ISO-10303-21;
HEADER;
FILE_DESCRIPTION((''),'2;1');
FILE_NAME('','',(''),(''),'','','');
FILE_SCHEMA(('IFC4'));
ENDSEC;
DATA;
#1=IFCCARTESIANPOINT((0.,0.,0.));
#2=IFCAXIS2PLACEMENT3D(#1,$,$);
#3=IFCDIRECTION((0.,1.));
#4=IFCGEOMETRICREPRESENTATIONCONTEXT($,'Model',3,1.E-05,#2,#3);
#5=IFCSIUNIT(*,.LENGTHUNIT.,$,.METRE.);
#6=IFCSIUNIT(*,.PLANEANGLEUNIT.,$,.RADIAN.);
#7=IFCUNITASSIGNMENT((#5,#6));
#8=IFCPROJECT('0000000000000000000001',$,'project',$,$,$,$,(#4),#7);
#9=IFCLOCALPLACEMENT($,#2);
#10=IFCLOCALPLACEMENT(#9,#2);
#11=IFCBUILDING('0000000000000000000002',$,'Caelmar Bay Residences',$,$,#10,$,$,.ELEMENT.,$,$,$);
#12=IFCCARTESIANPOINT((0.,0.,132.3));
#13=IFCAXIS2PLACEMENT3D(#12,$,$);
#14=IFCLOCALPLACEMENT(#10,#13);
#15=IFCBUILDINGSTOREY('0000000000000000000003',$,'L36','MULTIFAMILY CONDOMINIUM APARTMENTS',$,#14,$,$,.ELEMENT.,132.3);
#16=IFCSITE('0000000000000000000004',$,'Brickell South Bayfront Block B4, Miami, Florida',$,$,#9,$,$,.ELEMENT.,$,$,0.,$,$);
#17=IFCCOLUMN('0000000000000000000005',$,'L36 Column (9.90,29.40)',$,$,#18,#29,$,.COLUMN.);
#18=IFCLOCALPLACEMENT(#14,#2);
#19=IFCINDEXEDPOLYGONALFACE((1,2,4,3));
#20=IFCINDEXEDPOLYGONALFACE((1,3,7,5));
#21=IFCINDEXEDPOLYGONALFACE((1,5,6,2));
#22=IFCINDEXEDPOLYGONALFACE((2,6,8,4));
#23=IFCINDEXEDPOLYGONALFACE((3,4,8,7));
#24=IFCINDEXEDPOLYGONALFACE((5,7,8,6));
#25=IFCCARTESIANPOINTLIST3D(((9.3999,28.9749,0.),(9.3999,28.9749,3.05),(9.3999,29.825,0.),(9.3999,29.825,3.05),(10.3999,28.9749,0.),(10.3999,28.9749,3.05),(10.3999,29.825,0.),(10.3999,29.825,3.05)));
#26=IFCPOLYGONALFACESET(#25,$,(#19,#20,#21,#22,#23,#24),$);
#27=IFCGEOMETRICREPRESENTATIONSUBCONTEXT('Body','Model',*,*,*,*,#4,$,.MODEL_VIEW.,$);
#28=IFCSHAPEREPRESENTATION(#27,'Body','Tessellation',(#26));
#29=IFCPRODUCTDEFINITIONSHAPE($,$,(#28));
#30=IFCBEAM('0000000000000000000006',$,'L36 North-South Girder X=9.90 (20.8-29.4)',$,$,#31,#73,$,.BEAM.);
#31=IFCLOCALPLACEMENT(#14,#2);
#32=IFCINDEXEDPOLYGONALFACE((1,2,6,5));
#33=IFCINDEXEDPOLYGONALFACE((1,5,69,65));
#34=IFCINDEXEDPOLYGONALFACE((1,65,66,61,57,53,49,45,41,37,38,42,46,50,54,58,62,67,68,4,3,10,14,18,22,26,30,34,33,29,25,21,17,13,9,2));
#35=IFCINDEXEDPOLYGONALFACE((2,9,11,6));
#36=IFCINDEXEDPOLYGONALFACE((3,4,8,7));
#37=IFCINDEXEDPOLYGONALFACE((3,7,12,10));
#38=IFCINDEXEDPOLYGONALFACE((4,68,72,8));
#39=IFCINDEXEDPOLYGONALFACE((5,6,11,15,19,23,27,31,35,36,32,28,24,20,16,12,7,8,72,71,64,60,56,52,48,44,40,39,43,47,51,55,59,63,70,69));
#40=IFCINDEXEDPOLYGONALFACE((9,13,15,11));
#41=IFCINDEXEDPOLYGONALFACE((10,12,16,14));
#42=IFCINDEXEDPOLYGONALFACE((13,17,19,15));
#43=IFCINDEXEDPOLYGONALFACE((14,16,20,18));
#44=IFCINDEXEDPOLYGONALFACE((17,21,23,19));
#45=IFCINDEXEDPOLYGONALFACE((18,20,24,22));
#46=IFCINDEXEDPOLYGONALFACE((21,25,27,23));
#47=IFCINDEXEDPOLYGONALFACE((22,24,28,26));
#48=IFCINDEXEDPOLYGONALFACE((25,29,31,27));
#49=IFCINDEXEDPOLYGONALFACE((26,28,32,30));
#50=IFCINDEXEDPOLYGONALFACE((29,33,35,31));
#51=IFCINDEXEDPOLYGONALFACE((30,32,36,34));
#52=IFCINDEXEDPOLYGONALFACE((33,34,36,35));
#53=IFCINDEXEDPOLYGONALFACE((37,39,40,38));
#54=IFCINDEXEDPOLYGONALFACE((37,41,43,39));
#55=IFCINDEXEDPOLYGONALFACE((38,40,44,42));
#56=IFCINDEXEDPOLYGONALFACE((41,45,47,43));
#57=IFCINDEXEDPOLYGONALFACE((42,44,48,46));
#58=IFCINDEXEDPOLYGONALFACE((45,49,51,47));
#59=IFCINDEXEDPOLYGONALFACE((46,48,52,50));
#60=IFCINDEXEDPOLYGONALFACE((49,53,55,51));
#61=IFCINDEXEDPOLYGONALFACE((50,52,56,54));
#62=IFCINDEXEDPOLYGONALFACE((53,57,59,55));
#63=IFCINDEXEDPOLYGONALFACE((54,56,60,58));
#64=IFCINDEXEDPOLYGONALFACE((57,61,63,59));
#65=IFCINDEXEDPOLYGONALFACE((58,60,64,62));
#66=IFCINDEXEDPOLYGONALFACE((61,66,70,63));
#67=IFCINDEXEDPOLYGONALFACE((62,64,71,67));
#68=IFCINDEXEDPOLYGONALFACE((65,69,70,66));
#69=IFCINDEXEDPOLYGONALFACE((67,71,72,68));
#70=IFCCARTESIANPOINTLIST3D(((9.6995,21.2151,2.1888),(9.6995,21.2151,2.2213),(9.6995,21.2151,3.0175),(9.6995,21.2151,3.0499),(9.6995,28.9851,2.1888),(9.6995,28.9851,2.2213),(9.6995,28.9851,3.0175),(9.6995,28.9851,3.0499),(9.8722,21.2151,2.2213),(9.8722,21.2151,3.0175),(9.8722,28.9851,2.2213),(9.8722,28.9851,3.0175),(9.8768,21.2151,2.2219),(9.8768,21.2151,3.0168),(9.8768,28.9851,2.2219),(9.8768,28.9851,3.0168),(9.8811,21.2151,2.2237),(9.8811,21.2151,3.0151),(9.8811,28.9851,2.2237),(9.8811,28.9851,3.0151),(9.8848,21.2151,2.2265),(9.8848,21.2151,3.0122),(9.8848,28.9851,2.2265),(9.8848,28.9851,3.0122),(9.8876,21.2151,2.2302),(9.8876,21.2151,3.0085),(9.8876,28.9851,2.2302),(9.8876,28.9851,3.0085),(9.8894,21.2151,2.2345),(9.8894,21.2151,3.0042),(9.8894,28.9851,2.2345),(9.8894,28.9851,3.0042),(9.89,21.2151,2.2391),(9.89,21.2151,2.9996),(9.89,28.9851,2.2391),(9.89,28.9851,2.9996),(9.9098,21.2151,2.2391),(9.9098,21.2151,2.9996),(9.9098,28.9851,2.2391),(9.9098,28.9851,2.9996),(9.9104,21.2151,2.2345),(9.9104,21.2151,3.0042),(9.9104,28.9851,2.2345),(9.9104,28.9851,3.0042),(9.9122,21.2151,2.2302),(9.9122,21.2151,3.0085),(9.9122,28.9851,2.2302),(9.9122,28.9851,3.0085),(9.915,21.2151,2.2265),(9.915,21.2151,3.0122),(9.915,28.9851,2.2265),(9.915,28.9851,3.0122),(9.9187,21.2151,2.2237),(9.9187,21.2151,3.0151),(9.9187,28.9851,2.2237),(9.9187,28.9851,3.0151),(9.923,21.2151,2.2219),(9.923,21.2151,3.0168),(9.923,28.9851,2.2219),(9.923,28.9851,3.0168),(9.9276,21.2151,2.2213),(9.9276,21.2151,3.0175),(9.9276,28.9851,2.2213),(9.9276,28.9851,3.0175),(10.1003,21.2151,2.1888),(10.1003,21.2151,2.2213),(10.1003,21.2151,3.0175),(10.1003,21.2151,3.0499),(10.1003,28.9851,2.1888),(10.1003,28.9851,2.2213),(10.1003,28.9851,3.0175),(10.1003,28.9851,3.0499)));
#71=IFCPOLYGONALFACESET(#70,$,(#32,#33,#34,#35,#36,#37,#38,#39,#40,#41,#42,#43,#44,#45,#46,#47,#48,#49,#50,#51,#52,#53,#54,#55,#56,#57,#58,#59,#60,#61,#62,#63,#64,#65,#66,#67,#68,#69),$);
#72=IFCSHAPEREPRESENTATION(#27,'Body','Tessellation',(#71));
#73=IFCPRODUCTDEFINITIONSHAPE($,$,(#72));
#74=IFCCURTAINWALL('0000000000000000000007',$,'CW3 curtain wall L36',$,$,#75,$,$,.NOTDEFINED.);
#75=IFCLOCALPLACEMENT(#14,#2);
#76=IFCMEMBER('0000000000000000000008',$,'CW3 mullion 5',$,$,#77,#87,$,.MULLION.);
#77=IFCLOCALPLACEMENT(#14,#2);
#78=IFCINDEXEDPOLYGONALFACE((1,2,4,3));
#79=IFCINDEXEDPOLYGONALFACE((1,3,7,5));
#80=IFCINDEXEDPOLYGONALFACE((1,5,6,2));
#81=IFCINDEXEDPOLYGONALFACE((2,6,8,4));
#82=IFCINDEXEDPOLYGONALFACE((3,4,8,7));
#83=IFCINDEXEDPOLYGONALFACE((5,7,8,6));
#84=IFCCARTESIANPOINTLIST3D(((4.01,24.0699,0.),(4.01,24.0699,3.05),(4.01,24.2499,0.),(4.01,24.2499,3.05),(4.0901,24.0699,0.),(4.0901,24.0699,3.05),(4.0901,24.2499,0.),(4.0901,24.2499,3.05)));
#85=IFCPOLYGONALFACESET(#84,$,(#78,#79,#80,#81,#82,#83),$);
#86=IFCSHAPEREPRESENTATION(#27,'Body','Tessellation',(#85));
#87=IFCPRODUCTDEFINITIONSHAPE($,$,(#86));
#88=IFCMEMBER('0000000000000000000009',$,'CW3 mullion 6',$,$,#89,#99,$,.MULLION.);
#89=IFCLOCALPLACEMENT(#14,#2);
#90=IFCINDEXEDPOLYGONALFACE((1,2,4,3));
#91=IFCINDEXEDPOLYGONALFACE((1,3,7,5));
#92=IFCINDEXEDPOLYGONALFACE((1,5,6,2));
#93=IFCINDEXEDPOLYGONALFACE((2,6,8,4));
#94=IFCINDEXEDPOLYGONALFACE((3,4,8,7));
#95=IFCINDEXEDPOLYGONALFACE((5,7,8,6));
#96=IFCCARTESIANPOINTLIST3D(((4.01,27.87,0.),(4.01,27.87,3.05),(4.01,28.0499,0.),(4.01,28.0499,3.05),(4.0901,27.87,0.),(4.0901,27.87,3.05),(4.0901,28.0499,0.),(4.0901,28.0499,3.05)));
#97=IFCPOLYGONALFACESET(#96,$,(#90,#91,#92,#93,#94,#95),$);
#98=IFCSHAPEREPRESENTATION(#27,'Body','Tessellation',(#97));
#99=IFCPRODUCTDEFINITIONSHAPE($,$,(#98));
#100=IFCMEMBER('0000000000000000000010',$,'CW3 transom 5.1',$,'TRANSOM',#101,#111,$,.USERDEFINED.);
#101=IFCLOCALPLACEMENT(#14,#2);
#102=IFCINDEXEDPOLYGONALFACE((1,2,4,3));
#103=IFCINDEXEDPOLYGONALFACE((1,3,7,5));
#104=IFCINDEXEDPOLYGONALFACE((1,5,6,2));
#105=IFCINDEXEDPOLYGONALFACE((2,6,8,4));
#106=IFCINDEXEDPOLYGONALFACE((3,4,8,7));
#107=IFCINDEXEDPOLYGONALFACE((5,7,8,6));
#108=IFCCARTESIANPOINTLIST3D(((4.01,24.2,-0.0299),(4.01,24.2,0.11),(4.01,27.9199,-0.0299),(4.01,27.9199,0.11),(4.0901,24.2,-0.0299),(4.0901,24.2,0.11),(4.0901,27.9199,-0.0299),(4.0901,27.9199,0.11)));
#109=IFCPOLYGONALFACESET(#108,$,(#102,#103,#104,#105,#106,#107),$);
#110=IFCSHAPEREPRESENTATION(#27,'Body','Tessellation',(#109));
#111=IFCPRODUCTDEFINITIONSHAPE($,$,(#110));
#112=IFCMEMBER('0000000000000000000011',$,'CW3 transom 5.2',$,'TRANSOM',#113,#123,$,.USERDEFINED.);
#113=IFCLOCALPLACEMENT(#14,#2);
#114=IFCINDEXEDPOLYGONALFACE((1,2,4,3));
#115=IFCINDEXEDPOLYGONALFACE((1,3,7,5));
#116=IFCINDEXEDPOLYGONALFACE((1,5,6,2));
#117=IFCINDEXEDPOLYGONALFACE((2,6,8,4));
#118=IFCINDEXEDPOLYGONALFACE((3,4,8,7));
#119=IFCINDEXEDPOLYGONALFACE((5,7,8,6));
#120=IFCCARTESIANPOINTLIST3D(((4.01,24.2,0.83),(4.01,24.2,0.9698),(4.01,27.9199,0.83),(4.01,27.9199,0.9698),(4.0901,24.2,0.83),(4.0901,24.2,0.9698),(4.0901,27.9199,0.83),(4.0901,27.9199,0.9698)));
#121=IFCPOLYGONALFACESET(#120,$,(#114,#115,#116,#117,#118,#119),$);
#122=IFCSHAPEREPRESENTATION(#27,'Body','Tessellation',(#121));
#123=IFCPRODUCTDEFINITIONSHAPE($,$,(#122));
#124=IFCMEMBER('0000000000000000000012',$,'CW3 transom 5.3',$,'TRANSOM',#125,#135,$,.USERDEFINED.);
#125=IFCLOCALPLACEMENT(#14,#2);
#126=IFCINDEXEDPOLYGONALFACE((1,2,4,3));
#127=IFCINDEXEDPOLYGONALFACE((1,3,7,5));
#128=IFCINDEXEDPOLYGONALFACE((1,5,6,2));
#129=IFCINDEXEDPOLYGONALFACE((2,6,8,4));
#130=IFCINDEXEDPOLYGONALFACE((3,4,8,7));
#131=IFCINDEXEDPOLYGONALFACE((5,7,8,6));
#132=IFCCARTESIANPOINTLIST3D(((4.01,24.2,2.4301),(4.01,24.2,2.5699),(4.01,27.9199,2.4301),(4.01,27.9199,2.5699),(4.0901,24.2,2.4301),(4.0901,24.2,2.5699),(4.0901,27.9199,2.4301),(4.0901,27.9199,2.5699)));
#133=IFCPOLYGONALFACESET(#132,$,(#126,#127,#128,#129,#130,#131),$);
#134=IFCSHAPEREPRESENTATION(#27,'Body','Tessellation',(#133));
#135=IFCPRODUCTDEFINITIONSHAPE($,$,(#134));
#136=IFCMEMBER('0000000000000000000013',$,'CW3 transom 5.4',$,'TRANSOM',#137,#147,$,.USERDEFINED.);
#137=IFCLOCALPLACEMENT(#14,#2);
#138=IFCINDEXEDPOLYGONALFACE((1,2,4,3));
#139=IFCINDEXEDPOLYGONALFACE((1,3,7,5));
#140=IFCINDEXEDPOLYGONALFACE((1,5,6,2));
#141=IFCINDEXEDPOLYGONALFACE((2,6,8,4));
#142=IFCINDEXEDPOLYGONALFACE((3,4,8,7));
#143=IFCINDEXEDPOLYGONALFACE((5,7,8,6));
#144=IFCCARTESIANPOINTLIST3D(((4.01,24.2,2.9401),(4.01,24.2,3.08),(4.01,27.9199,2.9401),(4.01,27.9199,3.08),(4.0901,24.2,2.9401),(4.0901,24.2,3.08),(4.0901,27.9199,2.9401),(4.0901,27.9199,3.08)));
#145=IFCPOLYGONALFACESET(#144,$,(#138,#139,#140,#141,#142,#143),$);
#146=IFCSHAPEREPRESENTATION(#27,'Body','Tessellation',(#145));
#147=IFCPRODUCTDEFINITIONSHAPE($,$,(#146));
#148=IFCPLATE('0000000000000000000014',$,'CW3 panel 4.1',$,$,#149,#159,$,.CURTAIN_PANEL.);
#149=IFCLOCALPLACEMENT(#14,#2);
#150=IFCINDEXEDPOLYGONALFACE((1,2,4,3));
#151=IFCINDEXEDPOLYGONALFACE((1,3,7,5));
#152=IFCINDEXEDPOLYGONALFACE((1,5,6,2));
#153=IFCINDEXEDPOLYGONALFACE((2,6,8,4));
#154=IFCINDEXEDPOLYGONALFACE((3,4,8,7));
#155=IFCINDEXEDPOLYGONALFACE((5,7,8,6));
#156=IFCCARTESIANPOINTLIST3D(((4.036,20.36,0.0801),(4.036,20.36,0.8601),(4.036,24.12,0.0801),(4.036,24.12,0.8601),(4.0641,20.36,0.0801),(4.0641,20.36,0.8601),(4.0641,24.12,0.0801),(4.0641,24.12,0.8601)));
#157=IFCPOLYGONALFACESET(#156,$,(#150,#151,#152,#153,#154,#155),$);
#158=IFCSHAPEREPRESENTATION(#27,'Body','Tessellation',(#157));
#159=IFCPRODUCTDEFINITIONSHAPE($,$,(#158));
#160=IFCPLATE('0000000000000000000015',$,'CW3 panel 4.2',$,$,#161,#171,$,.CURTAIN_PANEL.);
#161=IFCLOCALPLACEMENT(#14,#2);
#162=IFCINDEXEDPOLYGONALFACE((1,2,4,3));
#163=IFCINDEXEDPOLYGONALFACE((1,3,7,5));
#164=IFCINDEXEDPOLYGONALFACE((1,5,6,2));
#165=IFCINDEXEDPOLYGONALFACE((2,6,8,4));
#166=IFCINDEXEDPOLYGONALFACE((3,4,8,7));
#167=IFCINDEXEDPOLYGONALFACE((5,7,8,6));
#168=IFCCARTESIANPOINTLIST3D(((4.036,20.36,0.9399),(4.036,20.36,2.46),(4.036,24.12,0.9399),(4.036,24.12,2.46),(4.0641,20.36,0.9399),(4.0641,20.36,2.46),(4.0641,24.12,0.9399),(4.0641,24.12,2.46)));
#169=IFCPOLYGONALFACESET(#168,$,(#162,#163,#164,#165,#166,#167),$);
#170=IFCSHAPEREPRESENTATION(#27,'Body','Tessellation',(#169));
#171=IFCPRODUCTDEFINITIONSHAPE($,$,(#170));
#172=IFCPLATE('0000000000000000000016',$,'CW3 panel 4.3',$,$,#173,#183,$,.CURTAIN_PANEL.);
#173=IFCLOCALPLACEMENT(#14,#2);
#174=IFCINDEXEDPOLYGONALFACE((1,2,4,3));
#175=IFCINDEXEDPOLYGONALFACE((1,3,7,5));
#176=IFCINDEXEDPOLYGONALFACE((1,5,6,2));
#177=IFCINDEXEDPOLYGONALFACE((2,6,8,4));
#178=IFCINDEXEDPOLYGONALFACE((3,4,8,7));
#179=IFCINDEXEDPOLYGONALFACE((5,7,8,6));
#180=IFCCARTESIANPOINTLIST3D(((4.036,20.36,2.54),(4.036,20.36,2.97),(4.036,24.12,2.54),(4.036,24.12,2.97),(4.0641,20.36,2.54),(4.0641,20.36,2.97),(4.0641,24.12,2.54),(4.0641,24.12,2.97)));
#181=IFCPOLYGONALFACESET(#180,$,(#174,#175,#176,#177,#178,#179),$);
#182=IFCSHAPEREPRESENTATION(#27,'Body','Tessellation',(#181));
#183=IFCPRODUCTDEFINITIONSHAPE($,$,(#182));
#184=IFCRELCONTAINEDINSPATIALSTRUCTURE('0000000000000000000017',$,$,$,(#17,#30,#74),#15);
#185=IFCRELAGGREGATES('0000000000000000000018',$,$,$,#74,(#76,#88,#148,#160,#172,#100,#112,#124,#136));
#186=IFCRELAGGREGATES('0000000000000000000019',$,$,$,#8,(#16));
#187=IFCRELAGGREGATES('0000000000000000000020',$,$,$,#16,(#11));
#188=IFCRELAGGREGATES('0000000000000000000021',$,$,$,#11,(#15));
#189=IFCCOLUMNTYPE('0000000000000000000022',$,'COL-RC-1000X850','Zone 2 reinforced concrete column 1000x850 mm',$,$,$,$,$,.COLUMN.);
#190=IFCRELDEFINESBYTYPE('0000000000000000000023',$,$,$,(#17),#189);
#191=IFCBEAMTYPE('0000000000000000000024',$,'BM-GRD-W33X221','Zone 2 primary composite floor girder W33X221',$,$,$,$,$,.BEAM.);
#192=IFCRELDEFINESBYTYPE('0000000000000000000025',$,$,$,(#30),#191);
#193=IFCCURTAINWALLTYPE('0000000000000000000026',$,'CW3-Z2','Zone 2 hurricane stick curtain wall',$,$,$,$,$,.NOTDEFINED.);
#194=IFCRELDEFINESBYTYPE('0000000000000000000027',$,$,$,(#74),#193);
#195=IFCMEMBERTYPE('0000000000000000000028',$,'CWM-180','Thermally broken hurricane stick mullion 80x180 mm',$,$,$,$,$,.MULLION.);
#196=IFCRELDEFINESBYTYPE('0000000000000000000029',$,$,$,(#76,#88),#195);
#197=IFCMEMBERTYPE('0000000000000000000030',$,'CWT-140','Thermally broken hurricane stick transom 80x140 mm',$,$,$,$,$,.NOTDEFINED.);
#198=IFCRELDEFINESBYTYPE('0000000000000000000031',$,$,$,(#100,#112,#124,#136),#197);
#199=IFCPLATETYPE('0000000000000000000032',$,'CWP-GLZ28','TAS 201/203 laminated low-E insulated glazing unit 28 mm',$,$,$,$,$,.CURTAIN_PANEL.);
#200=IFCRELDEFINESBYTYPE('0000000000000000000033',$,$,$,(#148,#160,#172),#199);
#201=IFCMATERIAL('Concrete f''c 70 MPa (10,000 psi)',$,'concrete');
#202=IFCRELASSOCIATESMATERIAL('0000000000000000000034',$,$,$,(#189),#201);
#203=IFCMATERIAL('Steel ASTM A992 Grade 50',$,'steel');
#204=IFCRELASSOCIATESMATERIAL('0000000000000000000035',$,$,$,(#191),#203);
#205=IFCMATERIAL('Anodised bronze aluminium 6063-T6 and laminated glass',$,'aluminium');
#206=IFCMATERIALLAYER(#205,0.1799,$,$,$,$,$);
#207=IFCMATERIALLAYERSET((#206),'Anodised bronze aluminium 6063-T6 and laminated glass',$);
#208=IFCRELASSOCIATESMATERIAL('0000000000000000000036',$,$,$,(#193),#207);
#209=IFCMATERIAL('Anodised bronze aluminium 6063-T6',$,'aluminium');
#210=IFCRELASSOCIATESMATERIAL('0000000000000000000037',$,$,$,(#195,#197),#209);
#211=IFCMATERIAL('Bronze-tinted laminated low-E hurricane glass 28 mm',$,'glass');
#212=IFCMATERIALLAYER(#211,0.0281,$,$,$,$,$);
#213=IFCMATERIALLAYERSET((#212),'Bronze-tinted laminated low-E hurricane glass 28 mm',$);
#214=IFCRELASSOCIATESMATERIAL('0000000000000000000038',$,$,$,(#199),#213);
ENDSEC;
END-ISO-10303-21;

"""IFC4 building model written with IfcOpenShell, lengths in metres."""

from ifc_helpers import new_model, si_unit, direction, frame, origin, origin_2d, place, context, subcontext, project, spatial, rectangle, i_section, extrude, material, layer, layer_set, material_profile, profile_set, type_object, element, aggregate, save


model = new_model("IFC4")

# Units and contexts
model_context = context("Model", 3, precision=1e-05, world=origin(), true_north=direction((0.0, 1.0)))
body_context = subcontext(model_context, "Body", "Model", "MODEL_VIEW")
ifc_project = project(units=[si_unit("LENGTHUNIT", "METRE"), si_unit("PLANEANGLEUNIT", "RADIAN")], contexts=[model_context])

# Site, building, storey
site_placement = place(None, origin())
site = spatial("IfcSite", under=ifc_project, at=site_placement, Name="Brickell South Bayfront Block B4, Miami, Florida", CompositionType="ELEMENT", RefElevation=0.0)
building_placement = place(site_placement, origin())
building = spatial("IfcBuilding", under=site, at=building_placement, Name="Caelmar Bay Residences", CompositionType="ELEMENT")
storey_placement = place(building_placement, frame((0.0, 0.0, 132.3)))
storey = spatial("IfcBuildingStorey", under=building, at=storey_placement, Name="L36", Description="MULTIFAMILY CONDOMINIUM APARTMENTS", CompositionType="ELEMENT", Elevation=132.3)

# Column
ifc_material_1 = material(Name="Concrete f'c 70 MPa (10,000 psi)", Category="concrete")
ifc_material_profile_1 = material_profile(ifc_material_1, rectangle(XDim=1.0, YDim=0.8501, at=origin_2d()), Name="RC-COL-1000X850")
ifc_profile_set_1 = profile_set([ifc_material_profile_1], Name="Concrete f'c 70 MPa (10,000 psi)")
column_type = type_object("IfcColumnType", Name="COL-RC-1000X850", Description="Zone 2 reinforced concrete column 1000x850 mm", PredefinedType="COLUMN", material=ifc_profile_set_1)
column_placement = place(storey_placement, frame((9.8999, 29.3999, 0.0), z_axis=(0.0, 0.0, 1.0), x_axis=(1.0, 0.0, 0.0)))
element("IfcColumn", 1, at=column_placement, inside=storey, type_object=column_type, Name="L36 Column (9.90,29.40)", PredefinedType="COLUMN", context=body_context, shape_type="SweptSolid", body=[
    extrude(rectangle(XDim=1.0, YDim=0.8501, at=origin_2d()), origin(), (0.0, 0.0, 1.0), 3.05),
])

# Beam
ifc_material_2 = material(Name="Steel ASTM A992 Grade 50", Category="steel")
ifc_material_profile_2 = material_profile(ifc_material_2, i_section(OverallWidth=0.4009, OverallDepth=0.8611, WebThickness=0.0198, FlangeThickness=0.0325, FilletRadius=0.0178, at=origin_2d()), Name="W33X221")
ifc_profile_set_2 = profile_set([ifc_material_profile_2], Name="Steel ASTM A992 Grade 50")
beam_type = type_object("IfcBeamType", Name="BM-GRD-W33X221", Description="Zone 2 primary composite floor girder W33X221", PredefinedType="BEAM", material=ifc_profile_set_2)
beam_placement = place(storey_placement, frame((9.8999, 21.2151, 2.6194), z_axis=(0.0, 1.0, 0.0), x_axis=(-1.0, 0.0, 0.0)))
element("IfcBeam", 2, at=beam_placement, inside=storey, type_object=beam_type, Name="L36 North-South Girder X=9.90 (20.8-29.4)", PredefinedType="BEAM", context=body_context, shape_type="SweptSolid", body=[
    extrude(i_section(OverallWidth=0.4009, OverallDepth=0.8611, WebThickness=0.0198, FlangeThickness=0.0325, FilletRadius=0.0178, at=origin_2d()), origin(), (0.0, 0.0, 1.0), 7.77),
])

# Curtain wall, members, plates
ifc_material_3 = material(Name="Anodised bronze aluminium 6063-T6 and laminated glass", Category="aluminium")
ifc_layer_1 = layer(ifc_material_3, 0.1799)
ifc_layer_set_1 = layer_set([ifc_layer_1], Name="Anodised bronze aluminium 6063-T6 and laminated glass")
curtain_wall_type = type_object("IfcCurtainWallType", Name="CW3-Z2", Description="Zone 2 hurricane stick curtain wall", PredefinedType="NOTDEFINED", material=ifc_layer_set_1)
curtain_wall_placement = place(storey_placement, origin())
curtain_wall = element("IfcCurtainWall", 3, at=curtain_wall_placement, inside=storey, type_object=curtain_wall_type, Name="CW3 curtain wall L36", PredefinedType="NOTDEFINED")
ifc_material_4 = material(Name="Anodised bronze aluminium 6063-T6", Category="aluminium")
ifc_material_profile_3 = material_profile(ifc_material_4, rectangle(XDim=0.0801, YDim=0.1799, at=origin_2d()), Name="CWM-80X180")
ifc_profile_set_3 = profile_set([ifc_material_profile_3], Name="Anodised bronze aluminium 6063-T6")
member_type_1 = type_object("IfcMemberType", Name="CWM-180", Description="Thermally broken hurricane stick mullion 80x180 mm", PredefinedType="MULLION", material=ifc_profile_set_3)
member_1_placement = place(storey_placement, frame((4.05, 24.1599, 0.0), z_axis=(0.0, 0.0, 1.0), x_axis=(-1.0, 0.0, 0.0)))
member_1 = element("IfcMember", 4, at=member_1_placement, type_object=member_type_1, Name="CW3 mullion 5", PredefinedType="MULLION", context=body_context, shape_type="SweptSolid", body=[
    extrude(rectangle(XDim=0.0801, YDim=0.1799, at=origin_2d()), origin(), (0.0, 0.0, 1.0), 3.05),
])
member_2_placement = place(storey_placement, frame((4.05, 27.96, 0.0), z_axis=(0.0, 0.0, 1.0), x_axis=(-1.0, 0.0, 0.0)))
member_2 = element("IfcMember", 5, at=member_2_placement, type_object=member_type_1, Name="CW3 mullion 6", PredefinedType="MULLION", context=body_context, shape_type="SweptSolid", body=[
    extrude(rectangle(XDim=0.0801, YDim=0.1799, at=origin_2d()), origin(), (0.0, 0.0, 1.0), 3.05),
])
ifc_material_profile_4 = material_profile(ifc_material_4, rectangle(XDim=0.0801, YDim=0.1399, at=origin_2d()), Name="CWT-80X140")
ifc_profile_set_4 = profile_set([ifc_material_profile_4], Name="Anodised bronze aluminium 6063-T6")
member_type_2 = type_object("IfcMemberType", Name="CWT-140", Description="Thermally broken hurricane stick transom 80x140 mm", PredefinedType="NOTDEFINED", material=ifc_profile_set_4)
member_3_placement = place(storey_placement, frame((4.05, 24.2, 0.04), z_axis=(0.0, 1.0, 0.0), x_axis=(-1.0, 0.0, 0.0)))
member_3 = element("IfcMember", 6, at=member_3_placement, type_object=member_type_2, Name="CW3 transom 5.1", ObjectType="TRANSOM", PredefinedType="USERDEFINED", context=body_context, shape_type="SweptSolid", body=[
    extrude(rectangle(XDim=0.0801, YDim=0.1399, at=origin_2d()), origin(), (0.0, 0.0, 1.0), 3.72),
])
member_4_placement = place(storey_placement, frame((4.05, 24.2, 0.8999), z_axis=(0.0, 1.0, 0.0), x_axis=(-1.0, 0.0, 0.0)))
member_4 = element("IfcMember", 7, at=member_4_placement, type_object=member_type_2, Name="CW3 transom 5.2", ObjectType="TRANSOM", PredefinedType="USERDEFINED", context=body_context, shape_type="SweptSolid", body=[
    extrude(rectangle(XDim=0.0801, YDim=0.1399, at=origin_2d()), origin(), (0.0, 0.0, 1.0), 3.72),
])
member_5_placement = place(storey_placement, frame((4.05, 24.2, 2.5), z_axis=(0.0, 1.0, 0.0), x_axis=(-1.0, 0.0, 0.0)))
member_5 = element("IfcMember", 8, at=member_5_placement, type_object=member_type_2, Name="CW3 transom 5.3", ObjectType="TRANSOM", PredefinedType="USERDEFINED", context=body_context, shape_type="SweptSolid", body=[
    extrude(rectangle(XDim=0.0801, YDim=0.1399, at=origin_2d()), origin(), (0.0, 0.0, 1.0), 3.72),
])
member_6_placement = place(storey_placement, frame((4.05, 24.2, 3.01), z_axis=(0.0, 1.0, 0.0), x_axis=(-1.0, 0.0, 0.0)))
member_6 = element("IfcMember", 9, at=member_6_placement, type_object=member_type_2, Name="CW3 transom 5.4", ObjectType="TRANSOM", PredefinedType="USERDEFINED", context=body_context, shape_type="SweptSolid", body=[
    extrude(rectangle(XDim=0.0801, YDim=0.1399, at=origin_2d()), origin(), (0.0, 0.0, 1.0), 3.72),
])
ifc_material_5 = material(Name="Bronze-tinted laminated low-E hurricane glass 28 mm", Category="glass")
ifc_layer_2 = layer(ifc_material_5, 0.0281)
ifc_layer_set_2 = layer_set([ifc_layer_2], Name="Bronze-tinted laminated low-E hurricane glass 28 mm")
plate_type = type_object("IfcPlateType", Name="CWP-GLZ28", Description="TAS 201/203 laminated low-E insulated glazing unit 28 mm", PredefinedType="CURTAIN_PANEL", material=ifc_layer_set_2)
plate_1_placement = place(storey_placement, frame((4.05, 22.24, 0.0801), z_axis=(0.0, 0.0, 1.0), x_axis=(0.0, 1.0, 0.0)))
plate_1 = element("IfcPlate", 10, at=plate_1_placement, type_object=plate_type, Name="CW3 panel 4.1", PredefinedType="CURTAIN_PANEL", context=body_context, shape_type="SweptSolid", body=[
    extrude(rectangle(XDim=3.76, YDim=0.0281, at=origin_2d()), origin(), (0.0, 0.0, 1.0), 0.78),
])
plate_2_placement = place(storey_placement, frame((4.05, 22.24, 0.9399), z_axis=(0.0, 0.0, 1.0), x_axis=(0.0, 1.0, 0.0)))
plate_2 = element("IfcPlate", 11, at=plate_2_placement, type_object=plate_type, Name="CW3 panel 4.2", PredefinedType="CURTAIN_PANEL", context=body_context, shape_type="SweptSolid", body=[
    extrude(rectangle(XDim=3.76, YDim=0.0281, at=origin_2d()), origin(), (0.0, 0.0, 1.0), 1.52),
])
plate_3_placement = place(storey_placement, frame((4.05, 22.24, 2.54), z_axis=(0.0, 0.0, 1.0), x_axis=(0.0, 1.0, 0.0)))
plate_3 = element("IfcPlate", 12, at=plate_3_placement, type_object=plate_type, Name="CW3 panel 4.3", PredefinedType="CURTAIN_PANEL", context=body_context, shape_type="SweptSolid", body=[
    extrude(rectangle(XDim=3.76, YDim=0.0281, at=origin_2d()), origin(), (0.0, 0.0, 1.0), 0.4299),
])
aggregate(curtain_wall, [member_1, member_2, plate_1, plate_2, plate_3, member_3, member_4, member_5, member_6])

save(model, "model.ifc")
